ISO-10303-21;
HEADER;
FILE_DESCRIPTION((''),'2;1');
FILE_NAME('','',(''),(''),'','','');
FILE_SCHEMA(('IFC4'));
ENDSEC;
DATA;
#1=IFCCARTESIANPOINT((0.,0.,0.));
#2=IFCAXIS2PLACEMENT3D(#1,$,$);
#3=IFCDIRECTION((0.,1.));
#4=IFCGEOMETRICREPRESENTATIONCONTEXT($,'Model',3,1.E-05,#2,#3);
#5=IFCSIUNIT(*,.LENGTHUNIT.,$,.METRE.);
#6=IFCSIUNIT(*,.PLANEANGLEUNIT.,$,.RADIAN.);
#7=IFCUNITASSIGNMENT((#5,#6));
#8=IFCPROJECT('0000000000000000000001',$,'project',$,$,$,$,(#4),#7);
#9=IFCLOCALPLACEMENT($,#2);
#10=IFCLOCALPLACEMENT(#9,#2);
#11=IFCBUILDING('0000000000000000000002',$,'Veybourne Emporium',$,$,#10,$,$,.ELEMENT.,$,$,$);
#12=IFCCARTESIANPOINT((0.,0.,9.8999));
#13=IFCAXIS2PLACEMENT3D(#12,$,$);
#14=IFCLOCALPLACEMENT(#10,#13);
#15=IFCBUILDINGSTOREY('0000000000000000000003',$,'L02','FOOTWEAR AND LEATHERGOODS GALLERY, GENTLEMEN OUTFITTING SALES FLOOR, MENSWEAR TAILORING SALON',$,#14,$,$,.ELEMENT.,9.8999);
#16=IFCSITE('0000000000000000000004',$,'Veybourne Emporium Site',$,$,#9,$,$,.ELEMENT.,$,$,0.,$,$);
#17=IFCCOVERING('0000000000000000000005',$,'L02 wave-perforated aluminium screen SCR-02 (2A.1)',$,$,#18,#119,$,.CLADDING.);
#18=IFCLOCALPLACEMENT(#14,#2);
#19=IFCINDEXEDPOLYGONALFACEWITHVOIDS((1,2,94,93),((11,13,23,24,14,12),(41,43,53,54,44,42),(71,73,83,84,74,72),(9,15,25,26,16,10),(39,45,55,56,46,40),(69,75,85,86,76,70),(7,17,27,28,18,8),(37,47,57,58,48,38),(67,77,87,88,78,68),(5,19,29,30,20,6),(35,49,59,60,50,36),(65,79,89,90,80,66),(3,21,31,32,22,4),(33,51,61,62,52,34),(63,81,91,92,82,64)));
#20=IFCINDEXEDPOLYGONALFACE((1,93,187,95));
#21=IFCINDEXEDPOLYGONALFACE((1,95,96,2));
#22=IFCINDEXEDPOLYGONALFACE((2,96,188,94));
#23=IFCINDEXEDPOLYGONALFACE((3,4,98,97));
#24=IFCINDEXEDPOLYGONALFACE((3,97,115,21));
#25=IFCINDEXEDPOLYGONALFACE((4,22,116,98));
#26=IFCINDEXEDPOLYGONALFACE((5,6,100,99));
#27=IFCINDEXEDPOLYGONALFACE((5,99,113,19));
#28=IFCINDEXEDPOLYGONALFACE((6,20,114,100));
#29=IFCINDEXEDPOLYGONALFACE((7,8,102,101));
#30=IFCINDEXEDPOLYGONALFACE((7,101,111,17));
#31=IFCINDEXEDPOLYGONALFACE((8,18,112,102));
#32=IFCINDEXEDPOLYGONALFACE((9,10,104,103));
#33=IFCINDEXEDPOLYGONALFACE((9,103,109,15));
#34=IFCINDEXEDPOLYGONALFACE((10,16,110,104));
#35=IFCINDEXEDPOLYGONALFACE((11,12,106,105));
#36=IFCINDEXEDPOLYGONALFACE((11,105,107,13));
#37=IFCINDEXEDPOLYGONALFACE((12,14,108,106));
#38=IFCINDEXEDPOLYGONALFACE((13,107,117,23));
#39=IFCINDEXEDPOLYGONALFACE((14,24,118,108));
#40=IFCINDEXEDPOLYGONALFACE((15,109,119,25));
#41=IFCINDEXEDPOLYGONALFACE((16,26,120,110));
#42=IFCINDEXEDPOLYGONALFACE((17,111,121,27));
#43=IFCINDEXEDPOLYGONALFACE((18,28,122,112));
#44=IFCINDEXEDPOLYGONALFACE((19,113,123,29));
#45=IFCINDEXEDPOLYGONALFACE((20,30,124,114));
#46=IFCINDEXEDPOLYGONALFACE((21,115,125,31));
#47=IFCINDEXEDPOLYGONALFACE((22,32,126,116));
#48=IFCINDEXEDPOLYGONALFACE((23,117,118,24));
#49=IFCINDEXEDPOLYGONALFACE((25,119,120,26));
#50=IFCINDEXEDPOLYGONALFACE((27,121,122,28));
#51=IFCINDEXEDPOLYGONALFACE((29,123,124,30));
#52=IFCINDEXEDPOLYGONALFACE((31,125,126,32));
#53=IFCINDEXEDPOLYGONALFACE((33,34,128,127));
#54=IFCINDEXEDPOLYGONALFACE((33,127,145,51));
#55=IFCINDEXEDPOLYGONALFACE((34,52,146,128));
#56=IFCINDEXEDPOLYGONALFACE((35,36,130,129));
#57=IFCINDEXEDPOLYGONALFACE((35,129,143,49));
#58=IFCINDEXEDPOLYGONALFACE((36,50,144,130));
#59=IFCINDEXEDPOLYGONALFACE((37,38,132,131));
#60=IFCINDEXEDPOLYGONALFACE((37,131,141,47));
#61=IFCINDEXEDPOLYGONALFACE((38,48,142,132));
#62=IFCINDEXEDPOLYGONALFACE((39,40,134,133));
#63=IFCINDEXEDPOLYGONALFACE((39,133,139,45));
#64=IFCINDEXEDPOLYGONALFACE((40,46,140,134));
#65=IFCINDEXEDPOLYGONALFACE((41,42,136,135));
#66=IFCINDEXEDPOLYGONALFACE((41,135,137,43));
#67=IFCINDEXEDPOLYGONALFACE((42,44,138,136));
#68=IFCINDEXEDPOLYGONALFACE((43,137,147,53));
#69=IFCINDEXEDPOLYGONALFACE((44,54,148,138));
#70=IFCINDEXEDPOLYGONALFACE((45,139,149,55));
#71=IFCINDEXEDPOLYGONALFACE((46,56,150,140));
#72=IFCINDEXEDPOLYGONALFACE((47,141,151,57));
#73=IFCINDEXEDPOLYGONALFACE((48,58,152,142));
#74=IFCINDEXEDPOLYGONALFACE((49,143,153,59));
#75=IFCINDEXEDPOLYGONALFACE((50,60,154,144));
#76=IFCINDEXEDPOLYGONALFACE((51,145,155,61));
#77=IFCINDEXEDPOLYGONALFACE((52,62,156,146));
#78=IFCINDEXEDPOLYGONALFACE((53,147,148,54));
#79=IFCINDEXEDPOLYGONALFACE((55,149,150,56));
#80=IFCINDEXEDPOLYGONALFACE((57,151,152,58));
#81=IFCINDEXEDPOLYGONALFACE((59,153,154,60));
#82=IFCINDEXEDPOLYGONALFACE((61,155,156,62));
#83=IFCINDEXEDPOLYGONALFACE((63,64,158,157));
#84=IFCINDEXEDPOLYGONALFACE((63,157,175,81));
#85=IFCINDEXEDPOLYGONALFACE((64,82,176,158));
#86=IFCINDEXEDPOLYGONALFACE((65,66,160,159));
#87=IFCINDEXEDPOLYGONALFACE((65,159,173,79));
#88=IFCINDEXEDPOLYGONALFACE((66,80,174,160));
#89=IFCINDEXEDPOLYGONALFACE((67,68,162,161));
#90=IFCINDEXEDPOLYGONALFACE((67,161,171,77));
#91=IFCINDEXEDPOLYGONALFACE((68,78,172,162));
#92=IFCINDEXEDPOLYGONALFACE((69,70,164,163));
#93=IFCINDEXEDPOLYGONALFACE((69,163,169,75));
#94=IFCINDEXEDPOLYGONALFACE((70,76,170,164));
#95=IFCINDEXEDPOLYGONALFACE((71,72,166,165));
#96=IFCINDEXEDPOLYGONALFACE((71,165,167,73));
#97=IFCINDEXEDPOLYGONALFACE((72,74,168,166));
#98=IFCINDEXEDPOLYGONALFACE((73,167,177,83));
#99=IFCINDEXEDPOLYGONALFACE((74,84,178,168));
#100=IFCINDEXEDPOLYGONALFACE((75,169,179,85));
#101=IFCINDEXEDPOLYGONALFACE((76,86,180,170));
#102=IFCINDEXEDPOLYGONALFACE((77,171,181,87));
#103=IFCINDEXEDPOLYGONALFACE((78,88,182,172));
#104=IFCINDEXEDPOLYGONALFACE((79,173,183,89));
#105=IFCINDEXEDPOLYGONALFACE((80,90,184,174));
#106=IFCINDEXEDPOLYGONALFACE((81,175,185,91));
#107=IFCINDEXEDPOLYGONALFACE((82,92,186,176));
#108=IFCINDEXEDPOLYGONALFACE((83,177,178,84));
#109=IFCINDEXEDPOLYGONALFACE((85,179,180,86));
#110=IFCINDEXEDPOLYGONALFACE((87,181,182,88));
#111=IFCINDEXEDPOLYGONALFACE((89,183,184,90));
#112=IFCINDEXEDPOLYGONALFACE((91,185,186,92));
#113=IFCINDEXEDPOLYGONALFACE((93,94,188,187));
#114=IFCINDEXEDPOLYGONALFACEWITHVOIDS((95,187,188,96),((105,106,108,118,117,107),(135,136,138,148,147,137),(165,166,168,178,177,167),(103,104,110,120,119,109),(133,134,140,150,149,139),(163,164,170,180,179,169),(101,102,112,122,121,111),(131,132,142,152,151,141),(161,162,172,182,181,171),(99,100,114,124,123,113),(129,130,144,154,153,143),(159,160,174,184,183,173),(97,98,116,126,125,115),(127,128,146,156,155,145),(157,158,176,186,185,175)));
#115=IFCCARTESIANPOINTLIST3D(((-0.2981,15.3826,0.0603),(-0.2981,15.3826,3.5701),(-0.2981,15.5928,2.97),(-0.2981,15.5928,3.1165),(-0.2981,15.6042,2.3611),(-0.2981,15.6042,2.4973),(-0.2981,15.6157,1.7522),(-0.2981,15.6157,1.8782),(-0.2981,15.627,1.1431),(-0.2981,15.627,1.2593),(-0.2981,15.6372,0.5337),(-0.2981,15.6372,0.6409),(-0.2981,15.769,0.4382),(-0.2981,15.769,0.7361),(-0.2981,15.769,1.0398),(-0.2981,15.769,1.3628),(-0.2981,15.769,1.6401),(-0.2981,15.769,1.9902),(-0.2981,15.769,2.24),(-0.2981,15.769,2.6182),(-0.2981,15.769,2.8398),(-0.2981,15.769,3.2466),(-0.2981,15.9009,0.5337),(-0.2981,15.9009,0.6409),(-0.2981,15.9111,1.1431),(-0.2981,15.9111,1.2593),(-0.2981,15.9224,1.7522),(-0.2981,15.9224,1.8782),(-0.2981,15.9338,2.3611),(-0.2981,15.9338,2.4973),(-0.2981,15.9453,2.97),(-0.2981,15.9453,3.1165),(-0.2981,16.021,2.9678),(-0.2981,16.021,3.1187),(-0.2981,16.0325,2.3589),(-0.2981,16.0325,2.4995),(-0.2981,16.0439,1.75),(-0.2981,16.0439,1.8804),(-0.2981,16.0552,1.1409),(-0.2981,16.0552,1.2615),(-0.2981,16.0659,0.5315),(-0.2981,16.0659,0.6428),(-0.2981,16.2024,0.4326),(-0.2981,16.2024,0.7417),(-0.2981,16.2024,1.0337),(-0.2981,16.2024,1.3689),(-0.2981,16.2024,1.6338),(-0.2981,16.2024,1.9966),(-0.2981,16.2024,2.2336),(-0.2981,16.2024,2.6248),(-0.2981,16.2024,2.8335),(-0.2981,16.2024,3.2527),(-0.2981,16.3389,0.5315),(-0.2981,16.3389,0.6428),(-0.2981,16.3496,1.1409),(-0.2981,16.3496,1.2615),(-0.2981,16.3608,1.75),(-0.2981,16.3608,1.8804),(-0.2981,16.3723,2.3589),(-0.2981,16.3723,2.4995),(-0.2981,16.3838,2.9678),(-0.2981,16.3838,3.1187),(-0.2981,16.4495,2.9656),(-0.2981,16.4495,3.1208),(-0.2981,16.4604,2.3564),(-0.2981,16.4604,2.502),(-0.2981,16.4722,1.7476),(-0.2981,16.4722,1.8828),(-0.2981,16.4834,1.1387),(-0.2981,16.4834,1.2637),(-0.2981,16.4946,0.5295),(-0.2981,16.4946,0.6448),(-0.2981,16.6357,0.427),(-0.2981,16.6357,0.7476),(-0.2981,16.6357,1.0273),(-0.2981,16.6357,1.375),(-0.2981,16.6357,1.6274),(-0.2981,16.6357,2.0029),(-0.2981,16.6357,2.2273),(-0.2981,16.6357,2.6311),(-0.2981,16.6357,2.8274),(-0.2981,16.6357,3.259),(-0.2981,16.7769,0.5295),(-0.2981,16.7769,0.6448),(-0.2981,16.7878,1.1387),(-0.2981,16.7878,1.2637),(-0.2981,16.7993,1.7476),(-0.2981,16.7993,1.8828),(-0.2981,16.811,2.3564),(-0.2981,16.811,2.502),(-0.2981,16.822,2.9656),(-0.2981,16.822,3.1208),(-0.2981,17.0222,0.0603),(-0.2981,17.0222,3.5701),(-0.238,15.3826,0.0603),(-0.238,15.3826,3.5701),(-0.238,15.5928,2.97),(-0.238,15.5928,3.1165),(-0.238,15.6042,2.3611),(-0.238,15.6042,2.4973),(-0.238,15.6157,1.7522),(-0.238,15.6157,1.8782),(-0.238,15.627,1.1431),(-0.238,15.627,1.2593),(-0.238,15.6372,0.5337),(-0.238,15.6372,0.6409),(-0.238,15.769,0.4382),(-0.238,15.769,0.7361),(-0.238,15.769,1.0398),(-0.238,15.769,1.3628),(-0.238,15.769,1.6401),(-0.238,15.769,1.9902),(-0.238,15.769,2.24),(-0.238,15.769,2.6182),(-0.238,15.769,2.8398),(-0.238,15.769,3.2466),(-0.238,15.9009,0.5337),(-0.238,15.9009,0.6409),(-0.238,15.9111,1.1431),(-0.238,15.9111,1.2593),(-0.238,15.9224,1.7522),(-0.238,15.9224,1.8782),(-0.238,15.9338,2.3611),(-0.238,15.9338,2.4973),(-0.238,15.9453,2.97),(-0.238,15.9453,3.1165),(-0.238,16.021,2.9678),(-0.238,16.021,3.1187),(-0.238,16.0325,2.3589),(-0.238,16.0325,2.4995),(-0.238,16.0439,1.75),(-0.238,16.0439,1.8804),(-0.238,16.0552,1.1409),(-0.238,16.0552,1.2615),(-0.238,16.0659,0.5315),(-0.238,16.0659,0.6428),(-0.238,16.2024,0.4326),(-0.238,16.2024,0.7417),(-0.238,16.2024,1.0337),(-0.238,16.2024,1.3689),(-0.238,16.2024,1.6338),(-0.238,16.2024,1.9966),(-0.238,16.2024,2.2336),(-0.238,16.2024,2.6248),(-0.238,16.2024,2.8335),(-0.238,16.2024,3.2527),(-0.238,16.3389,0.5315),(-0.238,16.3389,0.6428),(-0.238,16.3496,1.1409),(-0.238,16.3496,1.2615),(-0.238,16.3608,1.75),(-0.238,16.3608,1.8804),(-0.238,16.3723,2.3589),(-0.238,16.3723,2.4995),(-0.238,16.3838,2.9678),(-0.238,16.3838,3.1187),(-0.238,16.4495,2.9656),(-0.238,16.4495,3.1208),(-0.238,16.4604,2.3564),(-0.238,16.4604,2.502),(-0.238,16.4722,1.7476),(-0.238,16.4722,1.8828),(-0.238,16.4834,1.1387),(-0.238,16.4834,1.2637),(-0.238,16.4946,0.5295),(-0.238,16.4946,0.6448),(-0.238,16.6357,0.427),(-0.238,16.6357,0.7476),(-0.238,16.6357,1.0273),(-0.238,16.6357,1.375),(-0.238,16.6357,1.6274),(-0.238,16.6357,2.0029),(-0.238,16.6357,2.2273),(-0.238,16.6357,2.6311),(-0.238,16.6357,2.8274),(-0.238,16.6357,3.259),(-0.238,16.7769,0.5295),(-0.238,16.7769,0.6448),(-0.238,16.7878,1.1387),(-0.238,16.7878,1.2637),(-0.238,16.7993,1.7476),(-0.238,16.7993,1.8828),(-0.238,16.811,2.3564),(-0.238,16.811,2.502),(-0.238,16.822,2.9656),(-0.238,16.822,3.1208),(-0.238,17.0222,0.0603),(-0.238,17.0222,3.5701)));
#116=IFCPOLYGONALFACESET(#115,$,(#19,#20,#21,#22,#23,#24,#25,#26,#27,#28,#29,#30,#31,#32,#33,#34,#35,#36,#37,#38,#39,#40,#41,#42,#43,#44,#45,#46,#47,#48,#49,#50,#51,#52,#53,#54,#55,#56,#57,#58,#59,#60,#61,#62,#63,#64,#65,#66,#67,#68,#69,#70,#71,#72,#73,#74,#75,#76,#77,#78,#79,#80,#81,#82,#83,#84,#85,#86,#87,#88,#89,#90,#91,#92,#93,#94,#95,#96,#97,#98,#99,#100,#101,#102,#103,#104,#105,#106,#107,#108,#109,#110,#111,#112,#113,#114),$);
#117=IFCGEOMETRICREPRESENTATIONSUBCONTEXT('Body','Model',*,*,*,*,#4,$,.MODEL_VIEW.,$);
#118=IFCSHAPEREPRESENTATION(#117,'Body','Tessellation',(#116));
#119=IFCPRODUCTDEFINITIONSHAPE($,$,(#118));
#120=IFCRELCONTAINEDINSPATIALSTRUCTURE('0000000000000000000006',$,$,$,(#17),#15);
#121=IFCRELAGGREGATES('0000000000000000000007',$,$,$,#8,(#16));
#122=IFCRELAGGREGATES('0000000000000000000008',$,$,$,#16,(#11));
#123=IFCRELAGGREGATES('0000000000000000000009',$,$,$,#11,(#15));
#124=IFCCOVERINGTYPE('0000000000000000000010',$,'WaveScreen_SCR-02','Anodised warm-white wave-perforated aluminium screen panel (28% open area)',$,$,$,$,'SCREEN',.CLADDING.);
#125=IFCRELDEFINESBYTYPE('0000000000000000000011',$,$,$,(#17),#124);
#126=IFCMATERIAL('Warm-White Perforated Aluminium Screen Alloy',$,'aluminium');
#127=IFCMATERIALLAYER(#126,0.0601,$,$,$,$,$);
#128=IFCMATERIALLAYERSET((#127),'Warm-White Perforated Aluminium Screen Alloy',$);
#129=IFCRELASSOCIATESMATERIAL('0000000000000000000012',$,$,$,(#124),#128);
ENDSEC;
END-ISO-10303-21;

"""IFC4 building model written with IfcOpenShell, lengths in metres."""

from ifc_helpers import new_model, si_unit, direction, frame, origin, place, context, subcontext, project, spatial, polyline, outline, extrude, material, layer, layer_set, type_object, element, save


model = new_model("IFC4")

# Units and contexts
model_context = context("Model", 3, precision=1e-05, world=origin(), true_north=direction((0.0, 1.0)))
body_context = subcontext(model_context, "Body", "Model", "MODEL_VIEW")
ifc_project = project(units=[si_unit("LENGTHUNIT", "METRE"), si_unit("PLANEANGLEUNIT", "RADIAN")], contexts=[model_context])

# Site, building, storey
site_placement = place(None, origin())
site = spatial("IfcSite", under=ifc_project, at=site_placement, Name="Veybourne Emporium Site", CompositionType="ELEMENT", RefElevation=0.0)
building_placement = place(site_placement, origin())
building = spatial("IfcBuilding", under=site, at=building_placement, Name="Veybourne Emporium", CompositionType="ELEMENT")
storey_placement = place(building_placement, frame((0.0, 0.0, 9.8999)))
storey = spatial("IfcBuildingStorey", under=building, at=storey_placement, Name="L02", Description="FOOTWEAR AND LEATHERGOODS GALLERY, GENTLEMEN OUTFITTING SALES FLOOR, MENSWEAR TAILORING SALON", CompositionType="ELEMENT", Elevation=9.8999)

# Covering
ifc_material_1 = material(Name="Warm-White Perforated Aluminium Screen Alloy", Category="aluminium")
ifc_layer_1 = layer(ifc_material_1, 0.0601)
ifc_layer_set_1 = layer_set([ifc_layer_1], Name="Warm-White Perforated Aluminium Screen Alloy")
covering_type_1 = type_object("IfcCoveringType", Name="WaveScreen_SCR-02", Description="Anodised warm-white wave-perforated aluminium screen panel (28% open area)", ElementType="SCREEN", PredefinedType="CLADDING", material=ifc_layer_set_1)
covering_1_placement = place(storey_placement, frame((-0.2981, 16.2024, 1.8152), z_axis=(1.0, 0.0, 0.0), x_axis=(0.0, 1.0, 0.0)))
element("IfcCovering", 1, at=covering_1_placement, inside=storey, type_object=covering_type_1, Name="L02 wave-perforated aluminium screen SCR-02 (2A.1)", PredefinedType="CLADDING", context=body_context, shape_type="SweptSolid", body=[
    extrude(outline(polyline([(-0.8198, -1.7549), (0.8198, -1.7549), (0.8198, 1.7549), (-0.8198, 1.7549), (-0.8198, -1.7549)]), holes=[polyline([(-0.4333, -1.0791), (-0.3015, -1.1743), (-0.3015, -1.2815), (-0.4333, -1.377), (-0.5652, -1.2815), (-0.5652, -1.1743), (-0.4333, -1.0791)]), polyline([(-0.4333, -0.4524), (-0.2913, -0.5559), (-0.2913, -0.6721), (-0.4333, -0.7754), (-0.5754, -0.6721), (-0.5754, -0.5559), (-0.4333, -0.4524)]), polyline([(-0.4333, 0.175), (-0.28, 0.063), (-0.28, -0.063), (-0.4333, -0.175), (-0.5867, -0.063), (-0.5867, 0.063), (-0.4333, 0.175)]), polyline([(-0.4333, 0.803), (-0.2686, 0.6821), (-0.2686, 0.5459), (-0.4333, 0.4248), (-0.5981, 0.5459), (-0.5981, 0.6821), (-0.4333, 0.803)]), polyline([(-0.4333, 1.4314), (-0.2571, 1.3013), (-0.2571, 1.1548), (-0.4333, 1.0247), (-0.6096, 1.1548), (-0.6096, 1.3013), (-0.4333, 1.4314)]), polyline([(0.0, -1.0735), (0.1365, -1.1724), (0.1365, -1.2837), (0.0, -1.3826), (-0.1365, -1.2837), (-0.1365, -1.1724), (0.0, -1.0735)]), polyline([(0.0, -0.4463), (0.1472, -0.5537), (0.1472, -0.6743), (0.0, -0.7815), (-0.1472, -0.6743), (-0.1472, -0.5537), (0.0, -0.4463)]), polyline([(0.0, 0.1814), (0.1584, 0.0652), (0.1584, -0.0652), (0.0, -0.1814), (-0.1584, -0.0652), (-0.1584, 0.0652), (0.0, 0.1814)]), polyline([(0.0, 0.8096), (0.1699, 0.6843), (0.1699, 0.5437), (0.0, 0.4185), (-0.1699, 0.5437), (-0.1699, 0.6843), (0.0, 0.8096)]), polyline([(0.0, 1.4375), (0.1814, 1.3035), (0.1814, 1.1526), (0.0, 1.0183), (-0.1814, 1.1526), (-0.1814, 1.3035), (0.0, 1.4375)]), polyline([(0.4333, -1.0676), (0.5745, -1.1704), (0.5745, -1.2856), (0.4333, -1.3882), (0.2922, -1.2856), (0.2922, -1.1704), (0.4333, -1.0676)]), polyline([(0.4333, -0.4402), (0.5854, -0.5515), (0.5854, -0.6765), (0.4333, -0.7878), (0.281, -0.6765), (0.281, -0.5515), (0.4333, -0.4402)]), polyline([(0.4333, 0.1877), (0.5969, 0.0676), (0.5969, -0.0676), (0.4333, -0.1877), (0.2698, -0.0676), (0.2698, 0.0676), (0.4333, 0.1877)]), polyline([(0.4333, 0.8159), (0.6086, 0.6868), (0.6086, 0.5413), (0.4333, 0.4121), (0.2581, 0.5413), (0.2581, 0.6868), (0.4333, 0.8159)]), polyline([(0.4333, 1.4438), (0.6196, 1.3057), (0.6196, 1.1504), (0.4333, 1.0122), (0.2471, 1.1504), (0.2471, 1.3057), (0.4333, 1.4438)])]), origin(), (0.0, 0.0, 1.0), 0.0601),
])

save(model, "model.ifc")
